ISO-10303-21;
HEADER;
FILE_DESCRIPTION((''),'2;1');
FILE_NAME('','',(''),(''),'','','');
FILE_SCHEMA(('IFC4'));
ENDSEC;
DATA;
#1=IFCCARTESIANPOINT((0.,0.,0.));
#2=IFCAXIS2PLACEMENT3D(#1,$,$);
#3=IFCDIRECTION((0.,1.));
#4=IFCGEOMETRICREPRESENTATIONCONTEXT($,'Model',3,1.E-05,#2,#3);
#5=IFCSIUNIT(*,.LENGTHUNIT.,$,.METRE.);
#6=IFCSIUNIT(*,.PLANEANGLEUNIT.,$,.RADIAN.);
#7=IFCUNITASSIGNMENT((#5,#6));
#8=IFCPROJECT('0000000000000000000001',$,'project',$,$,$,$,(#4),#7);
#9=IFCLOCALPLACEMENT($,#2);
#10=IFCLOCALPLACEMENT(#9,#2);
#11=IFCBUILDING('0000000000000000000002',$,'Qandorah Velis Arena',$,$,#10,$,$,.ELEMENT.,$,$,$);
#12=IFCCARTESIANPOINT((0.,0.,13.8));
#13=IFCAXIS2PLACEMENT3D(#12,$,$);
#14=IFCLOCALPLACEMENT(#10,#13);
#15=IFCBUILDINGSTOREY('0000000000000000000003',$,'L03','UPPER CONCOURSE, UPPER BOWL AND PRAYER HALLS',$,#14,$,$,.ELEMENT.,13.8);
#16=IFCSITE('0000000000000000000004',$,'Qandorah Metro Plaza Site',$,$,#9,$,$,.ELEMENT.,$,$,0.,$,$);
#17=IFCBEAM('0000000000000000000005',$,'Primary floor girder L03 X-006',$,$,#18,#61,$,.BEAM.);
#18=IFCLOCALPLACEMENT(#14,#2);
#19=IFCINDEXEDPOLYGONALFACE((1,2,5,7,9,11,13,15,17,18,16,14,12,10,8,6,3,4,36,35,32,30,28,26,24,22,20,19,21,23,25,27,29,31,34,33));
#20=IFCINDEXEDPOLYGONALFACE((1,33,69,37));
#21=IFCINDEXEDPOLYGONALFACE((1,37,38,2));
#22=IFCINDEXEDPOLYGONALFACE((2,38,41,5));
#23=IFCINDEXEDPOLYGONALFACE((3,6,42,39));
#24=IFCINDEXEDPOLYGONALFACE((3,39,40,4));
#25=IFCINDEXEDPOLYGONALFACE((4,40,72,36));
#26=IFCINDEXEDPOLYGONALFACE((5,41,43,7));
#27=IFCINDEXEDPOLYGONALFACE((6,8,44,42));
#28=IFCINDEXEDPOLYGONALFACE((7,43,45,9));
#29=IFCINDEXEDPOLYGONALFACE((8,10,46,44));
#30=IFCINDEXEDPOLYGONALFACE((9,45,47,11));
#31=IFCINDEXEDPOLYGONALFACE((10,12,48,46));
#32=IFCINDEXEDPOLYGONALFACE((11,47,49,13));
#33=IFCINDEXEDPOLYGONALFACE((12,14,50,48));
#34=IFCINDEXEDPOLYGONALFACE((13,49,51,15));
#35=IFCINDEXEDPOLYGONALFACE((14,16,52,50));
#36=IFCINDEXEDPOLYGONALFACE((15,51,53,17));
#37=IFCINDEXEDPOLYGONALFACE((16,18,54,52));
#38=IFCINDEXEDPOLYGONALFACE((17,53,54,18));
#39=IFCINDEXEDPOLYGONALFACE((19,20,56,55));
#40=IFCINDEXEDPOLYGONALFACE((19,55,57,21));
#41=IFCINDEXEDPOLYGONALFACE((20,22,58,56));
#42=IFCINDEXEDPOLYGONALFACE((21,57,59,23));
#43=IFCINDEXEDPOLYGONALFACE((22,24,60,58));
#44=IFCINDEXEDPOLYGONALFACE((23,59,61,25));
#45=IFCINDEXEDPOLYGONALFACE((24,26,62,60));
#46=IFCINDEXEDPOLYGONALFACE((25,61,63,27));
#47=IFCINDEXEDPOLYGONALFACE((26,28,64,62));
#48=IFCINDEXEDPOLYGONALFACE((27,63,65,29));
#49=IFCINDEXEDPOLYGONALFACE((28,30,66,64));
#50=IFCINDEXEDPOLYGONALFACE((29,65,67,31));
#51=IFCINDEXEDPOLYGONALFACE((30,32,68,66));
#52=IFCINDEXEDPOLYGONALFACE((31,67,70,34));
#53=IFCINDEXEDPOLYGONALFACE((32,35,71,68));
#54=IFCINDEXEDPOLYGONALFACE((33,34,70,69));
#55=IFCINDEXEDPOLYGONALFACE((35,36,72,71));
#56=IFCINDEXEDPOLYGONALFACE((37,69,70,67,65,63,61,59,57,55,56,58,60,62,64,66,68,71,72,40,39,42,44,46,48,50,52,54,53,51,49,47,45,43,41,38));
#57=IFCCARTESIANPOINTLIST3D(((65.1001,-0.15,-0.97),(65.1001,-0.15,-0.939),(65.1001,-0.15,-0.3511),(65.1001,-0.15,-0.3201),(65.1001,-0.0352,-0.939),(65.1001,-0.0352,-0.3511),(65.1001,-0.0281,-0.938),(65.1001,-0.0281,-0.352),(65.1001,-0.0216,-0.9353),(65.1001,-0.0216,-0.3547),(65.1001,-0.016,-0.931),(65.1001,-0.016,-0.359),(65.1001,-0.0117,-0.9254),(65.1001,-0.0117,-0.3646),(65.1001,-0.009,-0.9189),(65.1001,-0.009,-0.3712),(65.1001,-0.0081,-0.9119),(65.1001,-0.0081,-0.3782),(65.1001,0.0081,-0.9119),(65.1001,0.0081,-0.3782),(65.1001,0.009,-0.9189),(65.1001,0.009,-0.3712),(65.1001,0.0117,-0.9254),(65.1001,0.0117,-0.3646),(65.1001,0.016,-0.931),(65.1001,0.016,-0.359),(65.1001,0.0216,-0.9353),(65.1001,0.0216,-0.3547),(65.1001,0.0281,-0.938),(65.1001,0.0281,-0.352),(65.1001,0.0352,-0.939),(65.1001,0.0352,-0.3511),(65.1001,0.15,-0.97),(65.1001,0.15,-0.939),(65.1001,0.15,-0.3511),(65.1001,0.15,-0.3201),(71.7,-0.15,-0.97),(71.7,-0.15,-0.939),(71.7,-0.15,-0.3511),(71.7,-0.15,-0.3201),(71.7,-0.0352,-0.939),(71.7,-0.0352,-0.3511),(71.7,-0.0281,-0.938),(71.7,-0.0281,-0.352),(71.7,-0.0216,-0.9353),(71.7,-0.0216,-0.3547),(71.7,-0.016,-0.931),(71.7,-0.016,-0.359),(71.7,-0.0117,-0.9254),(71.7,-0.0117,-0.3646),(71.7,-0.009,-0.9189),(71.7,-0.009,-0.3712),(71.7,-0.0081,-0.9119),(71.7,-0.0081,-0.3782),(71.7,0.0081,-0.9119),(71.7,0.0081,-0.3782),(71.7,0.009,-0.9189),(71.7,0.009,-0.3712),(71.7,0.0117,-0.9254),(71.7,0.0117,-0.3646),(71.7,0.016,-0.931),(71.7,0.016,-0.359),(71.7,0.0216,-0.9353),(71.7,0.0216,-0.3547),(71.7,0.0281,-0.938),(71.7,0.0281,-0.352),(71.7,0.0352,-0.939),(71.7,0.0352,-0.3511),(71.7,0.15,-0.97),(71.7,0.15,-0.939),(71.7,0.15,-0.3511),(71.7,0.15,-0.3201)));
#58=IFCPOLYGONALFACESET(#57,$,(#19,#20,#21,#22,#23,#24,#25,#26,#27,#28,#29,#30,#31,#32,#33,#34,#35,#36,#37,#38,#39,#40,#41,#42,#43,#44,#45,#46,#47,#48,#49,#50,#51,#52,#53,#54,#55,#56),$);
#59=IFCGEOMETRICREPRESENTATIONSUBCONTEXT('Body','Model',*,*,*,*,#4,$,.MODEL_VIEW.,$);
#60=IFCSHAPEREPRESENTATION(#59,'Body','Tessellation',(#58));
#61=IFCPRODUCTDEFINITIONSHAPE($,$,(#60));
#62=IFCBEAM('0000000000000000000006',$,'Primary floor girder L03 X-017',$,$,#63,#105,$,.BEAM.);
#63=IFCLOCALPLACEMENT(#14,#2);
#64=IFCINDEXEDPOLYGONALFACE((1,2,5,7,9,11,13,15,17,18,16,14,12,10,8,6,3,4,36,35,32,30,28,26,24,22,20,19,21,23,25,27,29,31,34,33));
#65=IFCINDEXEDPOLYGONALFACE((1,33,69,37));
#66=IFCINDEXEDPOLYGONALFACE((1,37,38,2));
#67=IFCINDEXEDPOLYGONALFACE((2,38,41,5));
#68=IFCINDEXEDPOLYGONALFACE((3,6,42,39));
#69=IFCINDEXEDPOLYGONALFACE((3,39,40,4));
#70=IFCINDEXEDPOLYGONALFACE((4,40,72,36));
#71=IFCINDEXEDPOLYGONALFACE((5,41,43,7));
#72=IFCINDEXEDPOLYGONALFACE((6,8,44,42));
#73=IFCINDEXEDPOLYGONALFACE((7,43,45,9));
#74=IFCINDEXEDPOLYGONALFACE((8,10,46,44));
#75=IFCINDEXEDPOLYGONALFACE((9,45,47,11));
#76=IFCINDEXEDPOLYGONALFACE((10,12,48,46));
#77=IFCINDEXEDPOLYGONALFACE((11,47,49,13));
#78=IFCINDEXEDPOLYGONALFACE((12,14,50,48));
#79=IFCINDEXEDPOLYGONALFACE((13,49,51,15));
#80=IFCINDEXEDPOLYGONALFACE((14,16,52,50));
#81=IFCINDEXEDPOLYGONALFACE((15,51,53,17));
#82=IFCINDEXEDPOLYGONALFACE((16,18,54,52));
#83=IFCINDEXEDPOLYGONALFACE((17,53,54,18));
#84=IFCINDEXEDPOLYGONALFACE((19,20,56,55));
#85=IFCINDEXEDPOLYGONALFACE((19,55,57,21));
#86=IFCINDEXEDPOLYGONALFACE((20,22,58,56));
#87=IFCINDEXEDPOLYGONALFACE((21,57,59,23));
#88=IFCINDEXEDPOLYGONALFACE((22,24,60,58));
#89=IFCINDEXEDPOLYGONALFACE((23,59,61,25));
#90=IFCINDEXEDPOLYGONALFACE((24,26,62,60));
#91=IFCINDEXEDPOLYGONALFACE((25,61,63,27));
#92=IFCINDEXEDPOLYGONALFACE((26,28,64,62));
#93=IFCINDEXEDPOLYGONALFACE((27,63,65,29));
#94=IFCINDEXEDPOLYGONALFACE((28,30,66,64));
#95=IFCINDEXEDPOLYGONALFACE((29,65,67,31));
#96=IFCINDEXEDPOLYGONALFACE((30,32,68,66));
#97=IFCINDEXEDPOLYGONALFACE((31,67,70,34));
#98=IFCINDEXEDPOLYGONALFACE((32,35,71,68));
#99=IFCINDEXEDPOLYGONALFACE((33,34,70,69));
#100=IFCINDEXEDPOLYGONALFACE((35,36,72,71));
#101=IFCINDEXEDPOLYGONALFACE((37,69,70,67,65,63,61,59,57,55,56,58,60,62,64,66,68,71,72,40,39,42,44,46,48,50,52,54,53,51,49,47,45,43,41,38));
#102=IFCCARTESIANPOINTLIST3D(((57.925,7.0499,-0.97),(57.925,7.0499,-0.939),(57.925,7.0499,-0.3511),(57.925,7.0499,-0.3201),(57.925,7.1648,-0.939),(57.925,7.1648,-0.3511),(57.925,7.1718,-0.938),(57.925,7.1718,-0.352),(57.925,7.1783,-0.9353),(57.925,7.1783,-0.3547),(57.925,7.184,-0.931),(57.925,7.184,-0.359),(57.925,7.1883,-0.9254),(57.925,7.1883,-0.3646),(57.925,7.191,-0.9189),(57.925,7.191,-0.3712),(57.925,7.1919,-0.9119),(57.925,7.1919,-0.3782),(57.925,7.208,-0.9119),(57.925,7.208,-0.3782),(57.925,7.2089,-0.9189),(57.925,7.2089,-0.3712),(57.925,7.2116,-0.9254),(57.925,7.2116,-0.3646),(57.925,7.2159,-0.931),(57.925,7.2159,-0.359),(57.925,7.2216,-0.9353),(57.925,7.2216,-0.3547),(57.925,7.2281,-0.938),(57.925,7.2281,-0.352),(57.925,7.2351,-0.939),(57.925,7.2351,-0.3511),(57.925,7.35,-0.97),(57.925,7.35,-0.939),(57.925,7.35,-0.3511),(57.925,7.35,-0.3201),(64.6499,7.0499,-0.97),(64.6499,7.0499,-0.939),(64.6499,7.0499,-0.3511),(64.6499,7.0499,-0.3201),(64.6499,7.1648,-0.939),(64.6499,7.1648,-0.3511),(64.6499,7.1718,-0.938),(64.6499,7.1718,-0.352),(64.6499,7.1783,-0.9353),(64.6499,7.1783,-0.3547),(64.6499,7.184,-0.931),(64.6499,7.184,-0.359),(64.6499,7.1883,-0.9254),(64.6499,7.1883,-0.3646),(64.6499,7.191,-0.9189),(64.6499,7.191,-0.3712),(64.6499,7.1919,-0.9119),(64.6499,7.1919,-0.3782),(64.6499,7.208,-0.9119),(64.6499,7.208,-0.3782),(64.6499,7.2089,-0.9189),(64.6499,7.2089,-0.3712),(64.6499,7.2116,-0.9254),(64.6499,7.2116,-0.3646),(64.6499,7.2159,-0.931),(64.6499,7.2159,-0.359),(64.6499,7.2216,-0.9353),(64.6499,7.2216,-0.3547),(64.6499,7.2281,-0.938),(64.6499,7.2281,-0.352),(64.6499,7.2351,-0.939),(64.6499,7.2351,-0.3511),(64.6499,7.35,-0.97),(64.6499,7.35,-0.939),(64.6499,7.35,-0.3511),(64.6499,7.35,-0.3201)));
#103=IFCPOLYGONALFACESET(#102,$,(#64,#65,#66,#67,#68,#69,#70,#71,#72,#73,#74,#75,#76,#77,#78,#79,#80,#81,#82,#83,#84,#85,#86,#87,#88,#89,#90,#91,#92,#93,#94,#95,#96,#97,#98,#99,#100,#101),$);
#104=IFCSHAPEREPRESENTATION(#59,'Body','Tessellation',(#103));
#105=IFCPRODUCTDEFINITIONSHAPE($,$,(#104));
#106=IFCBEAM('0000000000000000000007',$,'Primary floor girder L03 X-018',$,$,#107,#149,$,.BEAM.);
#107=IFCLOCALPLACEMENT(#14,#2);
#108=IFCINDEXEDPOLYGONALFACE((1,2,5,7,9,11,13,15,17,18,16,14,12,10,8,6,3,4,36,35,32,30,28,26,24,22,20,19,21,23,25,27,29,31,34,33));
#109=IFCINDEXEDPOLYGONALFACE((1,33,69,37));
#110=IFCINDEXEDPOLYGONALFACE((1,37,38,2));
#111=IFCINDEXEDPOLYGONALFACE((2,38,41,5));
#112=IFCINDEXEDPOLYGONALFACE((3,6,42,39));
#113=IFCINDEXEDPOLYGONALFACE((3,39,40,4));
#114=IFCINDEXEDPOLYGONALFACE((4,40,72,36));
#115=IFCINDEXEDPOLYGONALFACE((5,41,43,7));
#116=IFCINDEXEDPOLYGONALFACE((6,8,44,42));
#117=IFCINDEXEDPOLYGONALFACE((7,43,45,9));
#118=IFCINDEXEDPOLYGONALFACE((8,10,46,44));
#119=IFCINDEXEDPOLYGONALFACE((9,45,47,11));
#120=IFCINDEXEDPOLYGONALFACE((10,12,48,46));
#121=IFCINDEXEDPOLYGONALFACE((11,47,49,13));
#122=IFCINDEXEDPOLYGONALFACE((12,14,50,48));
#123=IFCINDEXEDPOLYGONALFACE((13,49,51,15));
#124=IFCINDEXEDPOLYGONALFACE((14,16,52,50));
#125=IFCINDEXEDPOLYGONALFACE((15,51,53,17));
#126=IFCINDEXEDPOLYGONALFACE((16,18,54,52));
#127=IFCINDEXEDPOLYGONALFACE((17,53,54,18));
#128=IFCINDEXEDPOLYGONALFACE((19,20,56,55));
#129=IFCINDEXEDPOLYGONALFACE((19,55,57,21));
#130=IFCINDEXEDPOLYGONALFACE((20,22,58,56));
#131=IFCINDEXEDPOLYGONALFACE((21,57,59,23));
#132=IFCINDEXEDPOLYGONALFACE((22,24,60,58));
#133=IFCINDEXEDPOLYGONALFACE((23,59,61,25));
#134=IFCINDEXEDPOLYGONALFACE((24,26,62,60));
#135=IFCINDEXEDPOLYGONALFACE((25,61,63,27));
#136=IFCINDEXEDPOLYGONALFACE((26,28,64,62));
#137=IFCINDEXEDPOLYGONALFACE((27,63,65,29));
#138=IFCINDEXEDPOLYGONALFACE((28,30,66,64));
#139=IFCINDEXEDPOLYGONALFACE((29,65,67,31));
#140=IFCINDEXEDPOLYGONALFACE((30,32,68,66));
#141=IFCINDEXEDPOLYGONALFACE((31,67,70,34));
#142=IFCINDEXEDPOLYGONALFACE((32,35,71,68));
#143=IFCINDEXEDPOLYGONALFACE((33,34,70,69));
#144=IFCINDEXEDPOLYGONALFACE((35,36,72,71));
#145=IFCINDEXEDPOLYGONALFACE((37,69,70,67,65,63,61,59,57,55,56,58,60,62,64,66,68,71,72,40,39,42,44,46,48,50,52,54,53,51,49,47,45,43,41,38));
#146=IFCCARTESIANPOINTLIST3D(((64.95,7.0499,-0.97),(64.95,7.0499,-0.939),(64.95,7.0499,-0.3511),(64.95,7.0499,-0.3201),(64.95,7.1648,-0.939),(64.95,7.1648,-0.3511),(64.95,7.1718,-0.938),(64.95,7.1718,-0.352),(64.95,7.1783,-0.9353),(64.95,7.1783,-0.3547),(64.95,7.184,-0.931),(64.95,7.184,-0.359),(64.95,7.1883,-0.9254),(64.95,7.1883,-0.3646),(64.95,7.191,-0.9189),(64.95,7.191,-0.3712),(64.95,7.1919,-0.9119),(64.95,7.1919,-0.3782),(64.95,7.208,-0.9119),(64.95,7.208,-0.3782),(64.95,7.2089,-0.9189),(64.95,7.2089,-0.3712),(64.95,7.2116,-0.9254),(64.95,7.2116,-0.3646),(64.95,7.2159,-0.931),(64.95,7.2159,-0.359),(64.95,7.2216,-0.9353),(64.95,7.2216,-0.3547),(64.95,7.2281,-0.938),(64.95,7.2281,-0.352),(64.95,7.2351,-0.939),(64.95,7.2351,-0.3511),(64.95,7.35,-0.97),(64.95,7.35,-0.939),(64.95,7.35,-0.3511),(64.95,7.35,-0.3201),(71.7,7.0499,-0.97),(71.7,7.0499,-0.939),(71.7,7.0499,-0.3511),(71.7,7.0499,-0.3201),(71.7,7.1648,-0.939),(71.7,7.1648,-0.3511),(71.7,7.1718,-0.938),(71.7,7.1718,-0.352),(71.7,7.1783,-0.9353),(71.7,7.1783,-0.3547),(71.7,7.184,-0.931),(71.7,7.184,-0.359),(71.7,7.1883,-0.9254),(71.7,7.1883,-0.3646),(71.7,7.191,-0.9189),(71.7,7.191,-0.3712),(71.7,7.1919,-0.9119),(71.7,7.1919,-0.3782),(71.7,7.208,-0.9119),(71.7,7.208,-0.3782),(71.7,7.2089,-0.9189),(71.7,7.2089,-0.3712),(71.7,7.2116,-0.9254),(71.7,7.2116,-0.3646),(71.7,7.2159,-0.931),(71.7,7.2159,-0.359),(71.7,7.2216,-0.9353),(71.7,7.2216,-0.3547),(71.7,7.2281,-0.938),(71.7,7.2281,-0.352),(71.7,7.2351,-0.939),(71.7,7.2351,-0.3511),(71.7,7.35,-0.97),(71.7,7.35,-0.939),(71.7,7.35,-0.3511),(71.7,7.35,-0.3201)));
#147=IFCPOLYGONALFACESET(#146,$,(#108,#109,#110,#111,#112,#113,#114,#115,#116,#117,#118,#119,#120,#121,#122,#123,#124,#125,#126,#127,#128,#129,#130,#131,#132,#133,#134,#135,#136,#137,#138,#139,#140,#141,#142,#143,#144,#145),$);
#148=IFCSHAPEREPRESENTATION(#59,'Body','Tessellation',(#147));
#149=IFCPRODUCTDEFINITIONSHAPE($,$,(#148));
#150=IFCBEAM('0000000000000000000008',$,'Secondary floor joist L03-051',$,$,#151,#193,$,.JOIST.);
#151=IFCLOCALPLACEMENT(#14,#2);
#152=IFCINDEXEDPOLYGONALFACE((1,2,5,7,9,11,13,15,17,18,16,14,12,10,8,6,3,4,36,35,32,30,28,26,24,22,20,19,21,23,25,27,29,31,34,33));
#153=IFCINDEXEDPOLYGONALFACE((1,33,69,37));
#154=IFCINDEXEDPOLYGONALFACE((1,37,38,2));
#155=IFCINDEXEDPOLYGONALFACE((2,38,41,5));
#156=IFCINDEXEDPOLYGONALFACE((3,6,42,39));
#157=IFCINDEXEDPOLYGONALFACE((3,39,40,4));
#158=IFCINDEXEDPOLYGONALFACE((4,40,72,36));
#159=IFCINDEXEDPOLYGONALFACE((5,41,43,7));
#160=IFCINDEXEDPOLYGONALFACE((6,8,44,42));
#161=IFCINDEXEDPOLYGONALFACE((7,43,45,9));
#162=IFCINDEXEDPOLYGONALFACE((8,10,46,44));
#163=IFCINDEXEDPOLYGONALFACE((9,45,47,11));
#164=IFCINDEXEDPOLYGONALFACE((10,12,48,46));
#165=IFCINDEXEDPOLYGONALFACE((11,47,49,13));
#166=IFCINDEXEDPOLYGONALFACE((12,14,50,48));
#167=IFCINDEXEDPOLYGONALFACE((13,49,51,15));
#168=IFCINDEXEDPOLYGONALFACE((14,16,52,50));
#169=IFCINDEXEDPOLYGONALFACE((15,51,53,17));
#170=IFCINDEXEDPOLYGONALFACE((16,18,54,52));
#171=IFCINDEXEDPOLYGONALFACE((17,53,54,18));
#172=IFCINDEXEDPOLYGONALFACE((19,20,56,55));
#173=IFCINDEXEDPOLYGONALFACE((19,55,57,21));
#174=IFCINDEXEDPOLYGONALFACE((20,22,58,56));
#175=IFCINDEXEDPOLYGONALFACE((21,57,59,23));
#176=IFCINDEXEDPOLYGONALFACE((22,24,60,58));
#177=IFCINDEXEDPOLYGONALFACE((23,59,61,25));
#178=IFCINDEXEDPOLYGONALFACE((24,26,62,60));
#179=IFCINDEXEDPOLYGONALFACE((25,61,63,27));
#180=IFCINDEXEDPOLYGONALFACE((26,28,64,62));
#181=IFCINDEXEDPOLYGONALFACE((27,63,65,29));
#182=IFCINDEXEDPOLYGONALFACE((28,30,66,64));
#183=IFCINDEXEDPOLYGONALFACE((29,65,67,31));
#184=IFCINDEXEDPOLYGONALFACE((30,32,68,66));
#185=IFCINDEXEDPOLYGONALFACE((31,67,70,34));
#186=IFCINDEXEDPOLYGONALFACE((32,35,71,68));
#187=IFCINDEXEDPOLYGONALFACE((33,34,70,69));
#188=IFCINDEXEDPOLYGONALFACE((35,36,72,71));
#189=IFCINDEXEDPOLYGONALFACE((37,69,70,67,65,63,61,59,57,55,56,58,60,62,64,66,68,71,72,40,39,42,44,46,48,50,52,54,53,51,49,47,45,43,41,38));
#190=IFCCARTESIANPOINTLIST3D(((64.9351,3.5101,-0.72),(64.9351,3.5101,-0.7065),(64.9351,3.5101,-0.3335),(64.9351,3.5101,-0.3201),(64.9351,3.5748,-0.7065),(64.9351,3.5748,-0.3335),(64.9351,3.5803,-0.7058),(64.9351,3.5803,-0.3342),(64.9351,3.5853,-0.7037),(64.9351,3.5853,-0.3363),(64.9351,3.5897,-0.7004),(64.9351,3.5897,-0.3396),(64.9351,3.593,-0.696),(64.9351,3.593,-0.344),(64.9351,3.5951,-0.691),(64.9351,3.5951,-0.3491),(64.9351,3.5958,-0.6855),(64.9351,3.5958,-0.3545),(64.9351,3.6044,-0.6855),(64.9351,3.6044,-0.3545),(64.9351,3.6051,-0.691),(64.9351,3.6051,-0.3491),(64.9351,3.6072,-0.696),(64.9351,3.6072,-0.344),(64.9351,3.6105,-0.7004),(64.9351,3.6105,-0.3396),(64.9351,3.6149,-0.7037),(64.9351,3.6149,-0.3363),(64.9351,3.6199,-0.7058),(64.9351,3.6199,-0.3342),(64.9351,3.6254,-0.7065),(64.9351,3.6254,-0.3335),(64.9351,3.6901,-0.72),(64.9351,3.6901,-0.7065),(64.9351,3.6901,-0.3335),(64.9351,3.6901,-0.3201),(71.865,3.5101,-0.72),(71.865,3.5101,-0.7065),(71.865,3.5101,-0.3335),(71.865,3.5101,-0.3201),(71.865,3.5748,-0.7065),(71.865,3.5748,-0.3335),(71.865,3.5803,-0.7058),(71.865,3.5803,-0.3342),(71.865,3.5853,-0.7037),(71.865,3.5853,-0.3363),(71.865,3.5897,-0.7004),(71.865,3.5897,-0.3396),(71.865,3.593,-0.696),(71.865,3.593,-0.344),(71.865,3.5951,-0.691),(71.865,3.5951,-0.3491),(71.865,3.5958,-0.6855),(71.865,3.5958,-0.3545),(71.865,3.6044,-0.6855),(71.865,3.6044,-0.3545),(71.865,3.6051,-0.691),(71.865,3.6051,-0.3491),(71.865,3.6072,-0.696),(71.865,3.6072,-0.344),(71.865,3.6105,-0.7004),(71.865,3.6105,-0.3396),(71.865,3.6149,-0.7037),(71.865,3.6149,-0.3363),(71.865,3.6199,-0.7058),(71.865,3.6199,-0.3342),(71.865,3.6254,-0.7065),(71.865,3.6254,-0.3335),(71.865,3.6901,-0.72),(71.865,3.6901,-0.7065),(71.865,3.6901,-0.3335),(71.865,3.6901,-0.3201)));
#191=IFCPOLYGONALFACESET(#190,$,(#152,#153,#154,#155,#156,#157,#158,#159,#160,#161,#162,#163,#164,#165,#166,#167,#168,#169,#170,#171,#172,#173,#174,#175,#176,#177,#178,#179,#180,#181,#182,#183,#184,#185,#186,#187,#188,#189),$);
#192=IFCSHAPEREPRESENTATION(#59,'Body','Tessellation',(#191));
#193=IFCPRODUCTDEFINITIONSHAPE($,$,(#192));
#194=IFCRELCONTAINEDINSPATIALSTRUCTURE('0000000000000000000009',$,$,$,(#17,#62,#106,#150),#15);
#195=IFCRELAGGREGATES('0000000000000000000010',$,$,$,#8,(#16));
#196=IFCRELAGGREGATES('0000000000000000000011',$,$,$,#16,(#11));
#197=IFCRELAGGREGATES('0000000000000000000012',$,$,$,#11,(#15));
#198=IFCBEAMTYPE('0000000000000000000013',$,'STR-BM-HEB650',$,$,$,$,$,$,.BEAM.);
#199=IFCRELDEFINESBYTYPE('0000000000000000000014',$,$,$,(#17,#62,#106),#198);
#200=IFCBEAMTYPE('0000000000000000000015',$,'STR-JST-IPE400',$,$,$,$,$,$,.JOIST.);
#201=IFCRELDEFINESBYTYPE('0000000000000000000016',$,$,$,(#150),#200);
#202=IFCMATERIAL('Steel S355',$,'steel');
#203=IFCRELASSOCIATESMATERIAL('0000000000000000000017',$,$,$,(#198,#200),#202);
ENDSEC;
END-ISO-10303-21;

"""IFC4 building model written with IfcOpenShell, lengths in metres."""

from ifc_helpers import new_model, si_unit, direction, frame, origin, origin_2d, place, context, subcontext, project, spatial, i_section, extrude, material, material_profile, profile_set, type_object, element, save


model = new_model("IFC4")

# Units and contexts
model_context = context("Model", 3, precision=1e-05, world=origin(), true_north=direction((0.0, 1.0)))
body_context = subcontext(model_context, "Body", "Model", "MODEL_VIEW")
ifc_project = project(units=[si_unit("LENGTHUNIT", "METRE"), si_unit("PLANEANGLEUNIT", "RADIAN")], contexts=[model_context])

# Site, building, storey
site_placement = place(None, origin())
site = spatial("IfcSite", under=ifc_project, at=site_placement, Name="Qandorah Metro Plaza Site", CompositionType="ELEMENT", RefElevation=0.0)
building_placement = place(site_placement, origin())
building = spatial("IfcBuilding", under=site, at=building_placement, Name="Qandorah Velis Arena", CompositionType="ELEMENT")
storey_placement = place(building_placement, frame((0.0, 0.0, 13.8)))
storey = spatial("IfcBuildingStorey", under=building, at=storey_placement, Name="L03", Description="UPPER CONCOURSE, UPPER BOWL AND PRAYER HALLS", CompositionType="ELEMENT", Elevation=13.8)

# Beams
ifc_material_1 = material(Name="Steel S355", Category="steel")
ifc_material_profile_1 = material_profile(ifc_material_1, i_section(OverallWidth=0.3, OverallDepth=0.6499, WebThickness=0.0161, FlangeThickness=0.031, FilletRadius=0.0271, at=origin_2d()), Name="HEB 650")
ifc_profile_set_1 = profile_set([ifc_material_profile_1], Name="Steel S355")
beam_type_1 = type_object("IfcBeamType", Name="STR-BM-HEB650", PredefinedType="BEAM", material=ifc_profile_set_1)
beam_1_placement = place(storey_placement, frame((65.1001, 0.0, -0.645), z_axis=(1.0, 0.0, 0.0), x_axis=(0.0, 1.0, 0.0)))
element("IfcBeam", 1, at=beam_1_placement, inside=storey, type_object=beam_type_1, Name="Primary floor girder L03 X-006", PredefinedType="BEAM", context=body_context, shape_type="SweptSolid", body=[
    extrude(i_section(OverallWidth=0.3, OverallDepth=0.6499, WebThickness=0.0161, FlangeThickness=0.031, FilletRadius=0.0271, at=origin_2d()), origin(), (0.0, 0.0, 1.0), 6.5999),
])
beam_2_placement = place(storey_placement, frame((57.925, 7.2, -0.645), z_axis=(1.0, 0.0, 0.0), x_axis=(0.0, 1.0, 0.0)))
element("IfcBeam", 2, at=beam_2_placement, inside=storey, type_object=beam_type_1, Name="Primary floor girder L03 X-017", PredefinedType="BEAM", context=body_context, shape_type="SweptSolid", body=[
    extrude(i_section(OverallWidth=0.3, OverallDepth=0.6499, WebThickness=0.0161, FlangeThickness=0.031, FilletRadius=0.0271, at=origin_2d()), origin(), (0.0, 0.0, 1.0), 6.7249),
])
beam_3_placement = place(storey_placement, frame((64.95, 7.2, -0.645), z_axis=(1.0, 0.0, 0.0), x_axis=(0.0, 1.0, 0.0)))
element("IfcBeam", 3, at=beam_3_placement, inside=storey, type_object=beam_type_1, Name="Primary floor girder L03 X-018", PredefinedType="BEAM", context=body_context, shape_type="SweptSolid", body=[
    extrude(i_section(OverallWidth=0.3, OverallDepth=0.6499, WebThickness=0.0161, FlangeThickness=0.031, FilletRadius=0.0271, at=origin_2d()), origin(), (0.0, 0.0, 1.0), 6.75),
])
ifc_material_profile_2 = material_profile(ifc_material_1, i_section(OverallWidth=0.1799, OverallDepth=0.3999, WebThickness=0.0085, FlangeThickness=0.0134, FilletRadius=0.021, at=origin_2d()), Name="IPE 400")
ifc_profile_set_2 = profile_set([ifc_material_profile_2], Name="Steel S355")
beam_type_2 = type_object("IfcBeamType", Name="STR-JST-IPE400", PredefinedType="JOIST", material=ifc_profile_set_2)
beam_4_placement = place(storey_placement, frame((64.9351, 3.6001, -0.52), z_axis=(1.0, 0.0, 0.0), x_axis=(0.0, 1.0, 0.0)))
element("IfcBeam", 4, at=beam_4_placement, inside=storey, type_object=beam_type_2, Name="Secondary floor joist L03-051", PredefinedType="JOIST", context=body_context, shape_type="SweptSolid", body=[
    extrude(i_section(OverallWidth=0.1799, OverallDepth=0.3999, WebThickness=0.0085, FlangeThickness=0.0134, FilletRadius=0.021, at=origin_2d()), origin(), (0.0, 0.0, 1.0), 6.9299),
])

save(model, "model.ifc")
